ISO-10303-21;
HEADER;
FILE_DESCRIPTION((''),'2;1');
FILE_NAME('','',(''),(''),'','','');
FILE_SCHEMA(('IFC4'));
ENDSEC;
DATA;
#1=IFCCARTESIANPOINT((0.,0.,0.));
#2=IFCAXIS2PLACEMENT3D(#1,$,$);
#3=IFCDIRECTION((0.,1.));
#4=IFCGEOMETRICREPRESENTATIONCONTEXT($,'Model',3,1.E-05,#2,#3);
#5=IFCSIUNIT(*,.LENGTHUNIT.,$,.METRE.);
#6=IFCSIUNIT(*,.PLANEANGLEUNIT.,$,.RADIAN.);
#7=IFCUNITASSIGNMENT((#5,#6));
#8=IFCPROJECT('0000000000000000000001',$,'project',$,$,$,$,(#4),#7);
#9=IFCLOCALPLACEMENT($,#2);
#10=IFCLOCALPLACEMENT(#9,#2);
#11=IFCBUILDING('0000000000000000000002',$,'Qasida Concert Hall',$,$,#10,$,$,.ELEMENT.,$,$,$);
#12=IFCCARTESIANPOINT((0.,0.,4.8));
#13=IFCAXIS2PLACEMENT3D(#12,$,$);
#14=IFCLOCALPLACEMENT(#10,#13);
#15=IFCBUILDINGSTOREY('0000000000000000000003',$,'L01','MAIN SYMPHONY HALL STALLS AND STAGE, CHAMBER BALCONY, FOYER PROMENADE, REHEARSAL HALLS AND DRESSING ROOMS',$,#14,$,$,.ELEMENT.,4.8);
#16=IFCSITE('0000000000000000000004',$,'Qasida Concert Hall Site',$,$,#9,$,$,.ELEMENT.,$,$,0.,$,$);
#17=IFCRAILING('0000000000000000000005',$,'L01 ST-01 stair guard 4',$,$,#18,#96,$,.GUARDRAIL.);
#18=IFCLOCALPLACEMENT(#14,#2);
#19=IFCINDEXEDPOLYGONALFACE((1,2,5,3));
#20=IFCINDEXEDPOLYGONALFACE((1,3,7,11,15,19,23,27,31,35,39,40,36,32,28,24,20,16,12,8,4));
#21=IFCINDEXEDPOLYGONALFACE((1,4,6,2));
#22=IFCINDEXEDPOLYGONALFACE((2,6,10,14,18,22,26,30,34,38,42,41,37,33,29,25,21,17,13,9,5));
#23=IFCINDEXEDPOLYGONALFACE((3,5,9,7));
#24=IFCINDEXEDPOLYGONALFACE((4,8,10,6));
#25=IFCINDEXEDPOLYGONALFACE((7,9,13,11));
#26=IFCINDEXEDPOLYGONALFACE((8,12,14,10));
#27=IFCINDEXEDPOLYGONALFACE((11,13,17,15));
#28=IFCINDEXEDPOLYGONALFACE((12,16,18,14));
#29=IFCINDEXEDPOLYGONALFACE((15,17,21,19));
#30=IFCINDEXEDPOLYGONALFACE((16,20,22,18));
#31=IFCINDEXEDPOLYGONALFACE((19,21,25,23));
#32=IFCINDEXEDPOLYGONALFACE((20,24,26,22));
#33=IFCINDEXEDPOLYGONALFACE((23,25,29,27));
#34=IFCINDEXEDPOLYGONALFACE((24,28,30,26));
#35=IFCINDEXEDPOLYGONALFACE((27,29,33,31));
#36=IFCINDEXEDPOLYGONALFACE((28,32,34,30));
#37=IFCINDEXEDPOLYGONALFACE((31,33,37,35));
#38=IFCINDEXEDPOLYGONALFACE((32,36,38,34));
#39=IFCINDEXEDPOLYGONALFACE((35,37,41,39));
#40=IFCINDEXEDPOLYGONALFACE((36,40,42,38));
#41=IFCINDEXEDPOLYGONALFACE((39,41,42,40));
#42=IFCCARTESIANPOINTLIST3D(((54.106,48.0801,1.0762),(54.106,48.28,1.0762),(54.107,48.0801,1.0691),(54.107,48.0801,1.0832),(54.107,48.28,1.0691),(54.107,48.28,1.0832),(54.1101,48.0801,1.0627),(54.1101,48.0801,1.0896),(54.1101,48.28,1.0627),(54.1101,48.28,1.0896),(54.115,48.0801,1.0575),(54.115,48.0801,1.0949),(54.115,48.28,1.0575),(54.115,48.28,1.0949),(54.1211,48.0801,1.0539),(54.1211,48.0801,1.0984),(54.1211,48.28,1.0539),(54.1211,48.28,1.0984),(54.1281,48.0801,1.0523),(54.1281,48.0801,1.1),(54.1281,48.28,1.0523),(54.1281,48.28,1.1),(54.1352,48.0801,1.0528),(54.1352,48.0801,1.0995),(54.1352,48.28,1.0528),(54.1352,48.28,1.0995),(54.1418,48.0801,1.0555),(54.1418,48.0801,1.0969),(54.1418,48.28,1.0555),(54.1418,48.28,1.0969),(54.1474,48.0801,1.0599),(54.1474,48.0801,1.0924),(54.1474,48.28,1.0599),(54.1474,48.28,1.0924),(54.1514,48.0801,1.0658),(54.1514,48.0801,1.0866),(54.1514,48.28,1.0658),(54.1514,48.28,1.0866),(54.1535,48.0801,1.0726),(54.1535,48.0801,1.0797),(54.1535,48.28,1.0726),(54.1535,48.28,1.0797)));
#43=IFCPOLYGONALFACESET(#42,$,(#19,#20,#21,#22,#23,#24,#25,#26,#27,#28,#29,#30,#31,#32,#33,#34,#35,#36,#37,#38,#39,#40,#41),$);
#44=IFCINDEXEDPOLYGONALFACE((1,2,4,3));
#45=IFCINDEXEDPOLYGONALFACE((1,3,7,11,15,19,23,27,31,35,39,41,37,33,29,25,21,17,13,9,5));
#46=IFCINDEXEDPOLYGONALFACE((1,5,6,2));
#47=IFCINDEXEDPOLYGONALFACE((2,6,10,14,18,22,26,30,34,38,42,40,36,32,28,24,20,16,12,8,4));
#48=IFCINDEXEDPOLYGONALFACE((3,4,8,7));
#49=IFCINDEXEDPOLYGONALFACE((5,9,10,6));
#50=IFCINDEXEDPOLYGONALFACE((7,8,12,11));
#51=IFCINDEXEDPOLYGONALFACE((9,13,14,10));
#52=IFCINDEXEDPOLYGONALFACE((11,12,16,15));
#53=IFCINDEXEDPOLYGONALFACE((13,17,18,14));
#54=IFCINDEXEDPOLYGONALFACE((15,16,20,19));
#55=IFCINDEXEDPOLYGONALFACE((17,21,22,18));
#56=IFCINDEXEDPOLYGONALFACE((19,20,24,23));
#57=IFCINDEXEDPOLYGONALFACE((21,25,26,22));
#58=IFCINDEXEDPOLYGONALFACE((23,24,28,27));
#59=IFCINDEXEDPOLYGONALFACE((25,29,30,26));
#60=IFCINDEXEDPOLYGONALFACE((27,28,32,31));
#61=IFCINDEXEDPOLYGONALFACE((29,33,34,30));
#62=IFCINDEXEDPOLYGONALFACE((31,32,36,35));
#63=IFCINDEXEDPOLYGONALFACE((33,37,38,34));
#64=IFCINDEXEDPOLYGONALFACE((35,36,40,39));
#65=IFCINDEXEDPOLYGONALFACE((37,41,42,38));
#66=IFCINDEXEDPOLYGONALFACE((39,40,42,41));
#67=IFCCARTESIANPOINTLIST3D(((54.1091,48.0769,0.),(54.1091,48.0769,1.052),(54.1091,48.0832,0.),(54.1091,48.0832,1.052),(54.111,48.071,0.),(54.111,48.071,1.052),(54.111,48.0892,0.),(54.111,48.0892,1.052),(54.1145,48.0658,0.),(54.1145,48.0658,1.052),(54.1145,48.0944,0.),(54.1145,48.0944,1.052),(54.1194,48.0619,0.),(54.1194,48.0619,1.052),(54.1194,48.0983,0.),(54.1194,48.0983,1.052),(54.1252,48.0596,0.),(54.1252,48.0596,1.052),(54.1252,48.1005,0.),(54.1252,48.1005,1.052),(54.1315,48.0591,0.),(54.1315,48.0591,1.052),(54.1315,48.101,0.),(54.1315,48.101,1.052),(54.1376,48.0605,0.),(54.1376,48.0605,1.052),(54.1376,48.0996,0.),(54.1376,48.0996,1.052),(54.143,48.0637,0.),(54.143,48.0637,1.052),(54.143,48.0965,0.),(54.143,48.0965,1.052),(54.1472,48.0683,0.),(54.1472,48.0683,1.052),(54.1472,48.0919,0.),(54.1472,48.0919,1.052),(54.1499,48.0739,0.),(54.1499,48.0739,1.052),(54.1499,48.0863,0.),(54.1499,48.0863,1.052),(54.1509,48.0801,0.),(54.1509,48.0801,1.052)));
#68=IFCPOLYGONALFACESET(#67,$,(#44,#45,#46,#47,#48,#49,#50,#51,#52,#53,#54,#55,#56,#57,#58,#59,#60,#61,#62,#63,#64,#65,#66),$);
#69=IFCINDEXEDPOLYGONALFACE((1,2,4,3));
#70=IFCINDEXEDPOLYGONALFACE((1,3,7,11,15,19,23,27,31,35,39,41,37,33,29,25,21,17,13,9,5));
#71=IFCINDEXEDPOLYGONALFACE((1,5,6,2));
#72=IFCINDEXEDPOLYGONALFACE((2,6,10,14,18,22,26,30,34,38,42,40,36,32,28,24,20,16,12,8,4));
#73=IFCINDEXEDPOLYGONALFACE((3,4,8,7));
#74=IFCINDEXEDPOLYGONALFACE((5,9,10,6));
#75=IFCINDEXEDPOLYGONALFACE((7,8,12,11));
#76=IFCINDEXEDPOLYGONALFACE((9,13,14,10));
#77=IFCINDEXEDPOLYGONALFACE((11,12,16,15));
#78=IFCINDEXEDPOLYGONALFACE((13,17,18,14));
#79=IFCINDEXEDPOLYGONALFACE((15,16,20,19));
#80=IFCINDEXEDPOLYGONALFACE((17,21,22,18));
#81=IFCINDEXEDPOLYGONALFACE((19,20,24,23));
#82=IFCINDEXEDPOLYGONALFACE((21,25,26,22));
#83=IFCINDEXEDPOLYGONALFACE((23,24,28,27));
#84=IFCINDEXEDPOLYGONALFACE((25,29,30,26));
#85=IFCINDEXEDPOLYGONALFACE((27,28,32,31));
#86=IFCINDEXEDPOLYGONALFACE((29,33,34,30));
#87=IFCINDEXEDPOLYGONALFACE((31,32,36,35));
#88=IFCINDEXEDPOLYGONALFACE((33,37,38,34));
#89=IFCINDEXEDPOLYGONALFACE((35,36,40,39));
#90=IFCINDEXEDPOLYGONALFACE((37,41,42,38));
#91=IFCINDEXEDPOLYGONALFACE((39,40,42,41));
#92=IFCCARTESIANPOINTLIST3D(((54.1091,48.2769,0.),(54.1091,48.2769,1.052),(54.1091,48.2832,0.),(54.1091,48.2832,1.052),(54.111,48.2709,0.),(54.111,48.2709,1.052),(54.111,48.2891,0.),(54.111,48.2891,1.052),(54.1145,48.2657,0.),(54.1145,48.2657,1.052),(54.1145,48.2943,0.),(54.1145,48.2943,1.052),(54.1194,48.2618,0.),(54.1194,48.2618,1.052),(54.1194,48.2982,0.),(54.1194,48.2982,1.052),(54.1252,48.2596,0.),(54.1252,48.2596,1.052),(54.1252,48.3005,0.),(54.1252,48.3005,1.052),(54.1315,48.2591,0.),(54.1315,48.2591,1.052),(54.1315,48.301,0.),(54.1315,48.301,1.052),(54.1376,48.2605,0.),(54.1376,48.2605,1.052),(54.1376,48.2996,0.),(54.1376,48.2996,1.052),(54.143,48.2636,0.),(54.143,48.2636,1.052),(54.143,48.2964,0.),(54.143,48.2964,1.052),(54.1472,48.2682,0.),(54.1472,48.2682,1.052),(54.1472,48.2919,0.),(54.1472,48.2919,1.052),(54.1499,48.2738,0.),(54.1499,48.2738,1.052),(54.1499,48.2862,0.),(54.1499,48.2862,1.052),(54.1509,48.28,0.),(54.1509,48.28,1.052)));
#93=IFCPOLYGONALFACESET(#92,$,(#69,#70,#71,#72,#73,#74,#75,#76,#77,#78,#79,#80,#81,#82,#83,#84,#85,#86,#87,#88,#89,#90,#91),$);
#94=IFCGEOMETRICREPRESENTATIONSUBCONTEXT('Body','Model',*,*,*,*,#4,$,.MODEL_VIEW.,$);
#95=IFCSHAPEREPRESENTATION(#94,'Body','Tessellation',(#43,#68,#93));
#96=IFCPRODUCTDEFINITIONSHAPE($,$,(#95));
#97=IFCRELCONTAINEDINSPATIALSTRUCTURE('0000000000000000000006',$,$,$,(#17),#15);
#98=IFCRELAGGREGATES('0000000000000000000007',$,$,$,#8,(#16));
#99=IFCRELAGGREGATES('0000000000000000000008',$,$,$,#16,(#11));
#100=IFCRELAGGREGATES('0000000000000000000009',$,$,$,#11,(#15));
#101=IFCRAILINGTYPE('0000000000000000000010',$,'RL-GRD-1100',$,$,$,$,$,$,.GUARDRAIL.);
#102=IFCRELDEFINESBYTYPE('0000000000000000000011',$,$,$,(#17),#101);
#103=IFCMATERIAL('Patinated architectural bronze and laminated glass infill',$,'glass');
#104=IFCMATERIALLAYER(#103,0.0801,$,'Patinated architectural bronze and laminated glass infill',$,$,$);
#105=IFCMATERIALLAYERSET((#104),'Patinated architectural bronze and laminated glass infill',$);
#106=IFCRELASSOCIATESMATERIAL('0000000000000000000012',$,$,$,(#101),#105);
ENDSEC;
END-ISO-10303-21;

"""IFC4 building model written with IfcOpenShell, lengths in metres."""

from ifc_helpers import new_model, si_unit, direction, frame, origin, origin_2d, place, context, subcontext, project, spatial, circle, extrude, material, layer, layer_set, type_object, element, save


model = new_model("IFC4")

# Units and contexts
model_context = context("Model", 3, precision=1e-05, world=origin(), true_north=direction((0.0, 1.0)))
body_context = subcontext(model_context, "Body", "Model", "MODEL_VIEW")
ifc_project = project(units=[si_unit("LENGTHUNIT", "METRE"), si_unit("PLANEANGLEUNIT", "RADIAN")], contexts=[model_context])

# Site, building, storey
site_placement = place(None, origin())
site = spatial("IfcSite", under=ifc_project, at=site_placement, Name="Qasida Concert Hall Site", CompositionType="ELEMENT", RefElevation=0.0)
building_placement = place(site_placement, origin())
building = spatial("IfcBuilding", under=site, at=building_placement, Name="Qasida Concert Hall", CompositionType="ELEMENT")
storey_placement = place(building_placement, frame((0.0, 0.0, 4.8)))
storey = spatial("IfcBuildingStorey", under=building, at=storey_placement, Name="L01", Description="MAIN SYMPHONY HALL STALLS AND STAGE, CHAMBER BALCONY, FOYER PROMENADE, REHEARSAL HALLS AND DRESSING ROOMS", CompositionType="ELEMENT", Elevation=4.8)

# Railing
ifc_material_1 = material(Name="Patinated architectural bronze and laminated glass infill", Category="glass")
ifc_layer_1 = layer(ifc_material_1, 0.0801, Name="Patinated architectural bronze and laminated glass infill")
ifc_layer_set_1 = layer_set([ifc_layer_1], Name="Patinated architectural bronze and laminated glass infill")
railing_type_1 = type_object("IfcRailingType", Name="RL-GRD-1100", PredefinedType="GUARDRAIL", material=ifc_layer_set_1)
railing_1_placement = place(storey_placement, frame((54.1299, 48.0801, 0.0)))
element("IfcRailing", 1, at=railing_1_placement, inside=storey, type_object=railing_type_1, Name="L01 ST-01 stair guard 4", PredefinedType="GUARDRAIL", context=body_context, shape_type="SweptSolid", body=[
    extrude(circle(Radius=0.0239, at=origin_2d()), frame((0.0, 0.0, 1.0762), z_axis=(0.0, 1.0, 0.0), x_axis=(-1.0, 0.0, 0.0)), (0.0, 0.0, 1.0), 0.2),
    extrude(circle(Radius=0.021, at=origin_2d()), origin(), (0.0, 0.0, 1.0), 1.052),
    extrude(circle(Radius=0.021, at=origin_2d()), frame((0.0, 0.2, 0.0)), (0.0, 0.0, 1.0), 1.052),
])

save(model, "model.ifc")
